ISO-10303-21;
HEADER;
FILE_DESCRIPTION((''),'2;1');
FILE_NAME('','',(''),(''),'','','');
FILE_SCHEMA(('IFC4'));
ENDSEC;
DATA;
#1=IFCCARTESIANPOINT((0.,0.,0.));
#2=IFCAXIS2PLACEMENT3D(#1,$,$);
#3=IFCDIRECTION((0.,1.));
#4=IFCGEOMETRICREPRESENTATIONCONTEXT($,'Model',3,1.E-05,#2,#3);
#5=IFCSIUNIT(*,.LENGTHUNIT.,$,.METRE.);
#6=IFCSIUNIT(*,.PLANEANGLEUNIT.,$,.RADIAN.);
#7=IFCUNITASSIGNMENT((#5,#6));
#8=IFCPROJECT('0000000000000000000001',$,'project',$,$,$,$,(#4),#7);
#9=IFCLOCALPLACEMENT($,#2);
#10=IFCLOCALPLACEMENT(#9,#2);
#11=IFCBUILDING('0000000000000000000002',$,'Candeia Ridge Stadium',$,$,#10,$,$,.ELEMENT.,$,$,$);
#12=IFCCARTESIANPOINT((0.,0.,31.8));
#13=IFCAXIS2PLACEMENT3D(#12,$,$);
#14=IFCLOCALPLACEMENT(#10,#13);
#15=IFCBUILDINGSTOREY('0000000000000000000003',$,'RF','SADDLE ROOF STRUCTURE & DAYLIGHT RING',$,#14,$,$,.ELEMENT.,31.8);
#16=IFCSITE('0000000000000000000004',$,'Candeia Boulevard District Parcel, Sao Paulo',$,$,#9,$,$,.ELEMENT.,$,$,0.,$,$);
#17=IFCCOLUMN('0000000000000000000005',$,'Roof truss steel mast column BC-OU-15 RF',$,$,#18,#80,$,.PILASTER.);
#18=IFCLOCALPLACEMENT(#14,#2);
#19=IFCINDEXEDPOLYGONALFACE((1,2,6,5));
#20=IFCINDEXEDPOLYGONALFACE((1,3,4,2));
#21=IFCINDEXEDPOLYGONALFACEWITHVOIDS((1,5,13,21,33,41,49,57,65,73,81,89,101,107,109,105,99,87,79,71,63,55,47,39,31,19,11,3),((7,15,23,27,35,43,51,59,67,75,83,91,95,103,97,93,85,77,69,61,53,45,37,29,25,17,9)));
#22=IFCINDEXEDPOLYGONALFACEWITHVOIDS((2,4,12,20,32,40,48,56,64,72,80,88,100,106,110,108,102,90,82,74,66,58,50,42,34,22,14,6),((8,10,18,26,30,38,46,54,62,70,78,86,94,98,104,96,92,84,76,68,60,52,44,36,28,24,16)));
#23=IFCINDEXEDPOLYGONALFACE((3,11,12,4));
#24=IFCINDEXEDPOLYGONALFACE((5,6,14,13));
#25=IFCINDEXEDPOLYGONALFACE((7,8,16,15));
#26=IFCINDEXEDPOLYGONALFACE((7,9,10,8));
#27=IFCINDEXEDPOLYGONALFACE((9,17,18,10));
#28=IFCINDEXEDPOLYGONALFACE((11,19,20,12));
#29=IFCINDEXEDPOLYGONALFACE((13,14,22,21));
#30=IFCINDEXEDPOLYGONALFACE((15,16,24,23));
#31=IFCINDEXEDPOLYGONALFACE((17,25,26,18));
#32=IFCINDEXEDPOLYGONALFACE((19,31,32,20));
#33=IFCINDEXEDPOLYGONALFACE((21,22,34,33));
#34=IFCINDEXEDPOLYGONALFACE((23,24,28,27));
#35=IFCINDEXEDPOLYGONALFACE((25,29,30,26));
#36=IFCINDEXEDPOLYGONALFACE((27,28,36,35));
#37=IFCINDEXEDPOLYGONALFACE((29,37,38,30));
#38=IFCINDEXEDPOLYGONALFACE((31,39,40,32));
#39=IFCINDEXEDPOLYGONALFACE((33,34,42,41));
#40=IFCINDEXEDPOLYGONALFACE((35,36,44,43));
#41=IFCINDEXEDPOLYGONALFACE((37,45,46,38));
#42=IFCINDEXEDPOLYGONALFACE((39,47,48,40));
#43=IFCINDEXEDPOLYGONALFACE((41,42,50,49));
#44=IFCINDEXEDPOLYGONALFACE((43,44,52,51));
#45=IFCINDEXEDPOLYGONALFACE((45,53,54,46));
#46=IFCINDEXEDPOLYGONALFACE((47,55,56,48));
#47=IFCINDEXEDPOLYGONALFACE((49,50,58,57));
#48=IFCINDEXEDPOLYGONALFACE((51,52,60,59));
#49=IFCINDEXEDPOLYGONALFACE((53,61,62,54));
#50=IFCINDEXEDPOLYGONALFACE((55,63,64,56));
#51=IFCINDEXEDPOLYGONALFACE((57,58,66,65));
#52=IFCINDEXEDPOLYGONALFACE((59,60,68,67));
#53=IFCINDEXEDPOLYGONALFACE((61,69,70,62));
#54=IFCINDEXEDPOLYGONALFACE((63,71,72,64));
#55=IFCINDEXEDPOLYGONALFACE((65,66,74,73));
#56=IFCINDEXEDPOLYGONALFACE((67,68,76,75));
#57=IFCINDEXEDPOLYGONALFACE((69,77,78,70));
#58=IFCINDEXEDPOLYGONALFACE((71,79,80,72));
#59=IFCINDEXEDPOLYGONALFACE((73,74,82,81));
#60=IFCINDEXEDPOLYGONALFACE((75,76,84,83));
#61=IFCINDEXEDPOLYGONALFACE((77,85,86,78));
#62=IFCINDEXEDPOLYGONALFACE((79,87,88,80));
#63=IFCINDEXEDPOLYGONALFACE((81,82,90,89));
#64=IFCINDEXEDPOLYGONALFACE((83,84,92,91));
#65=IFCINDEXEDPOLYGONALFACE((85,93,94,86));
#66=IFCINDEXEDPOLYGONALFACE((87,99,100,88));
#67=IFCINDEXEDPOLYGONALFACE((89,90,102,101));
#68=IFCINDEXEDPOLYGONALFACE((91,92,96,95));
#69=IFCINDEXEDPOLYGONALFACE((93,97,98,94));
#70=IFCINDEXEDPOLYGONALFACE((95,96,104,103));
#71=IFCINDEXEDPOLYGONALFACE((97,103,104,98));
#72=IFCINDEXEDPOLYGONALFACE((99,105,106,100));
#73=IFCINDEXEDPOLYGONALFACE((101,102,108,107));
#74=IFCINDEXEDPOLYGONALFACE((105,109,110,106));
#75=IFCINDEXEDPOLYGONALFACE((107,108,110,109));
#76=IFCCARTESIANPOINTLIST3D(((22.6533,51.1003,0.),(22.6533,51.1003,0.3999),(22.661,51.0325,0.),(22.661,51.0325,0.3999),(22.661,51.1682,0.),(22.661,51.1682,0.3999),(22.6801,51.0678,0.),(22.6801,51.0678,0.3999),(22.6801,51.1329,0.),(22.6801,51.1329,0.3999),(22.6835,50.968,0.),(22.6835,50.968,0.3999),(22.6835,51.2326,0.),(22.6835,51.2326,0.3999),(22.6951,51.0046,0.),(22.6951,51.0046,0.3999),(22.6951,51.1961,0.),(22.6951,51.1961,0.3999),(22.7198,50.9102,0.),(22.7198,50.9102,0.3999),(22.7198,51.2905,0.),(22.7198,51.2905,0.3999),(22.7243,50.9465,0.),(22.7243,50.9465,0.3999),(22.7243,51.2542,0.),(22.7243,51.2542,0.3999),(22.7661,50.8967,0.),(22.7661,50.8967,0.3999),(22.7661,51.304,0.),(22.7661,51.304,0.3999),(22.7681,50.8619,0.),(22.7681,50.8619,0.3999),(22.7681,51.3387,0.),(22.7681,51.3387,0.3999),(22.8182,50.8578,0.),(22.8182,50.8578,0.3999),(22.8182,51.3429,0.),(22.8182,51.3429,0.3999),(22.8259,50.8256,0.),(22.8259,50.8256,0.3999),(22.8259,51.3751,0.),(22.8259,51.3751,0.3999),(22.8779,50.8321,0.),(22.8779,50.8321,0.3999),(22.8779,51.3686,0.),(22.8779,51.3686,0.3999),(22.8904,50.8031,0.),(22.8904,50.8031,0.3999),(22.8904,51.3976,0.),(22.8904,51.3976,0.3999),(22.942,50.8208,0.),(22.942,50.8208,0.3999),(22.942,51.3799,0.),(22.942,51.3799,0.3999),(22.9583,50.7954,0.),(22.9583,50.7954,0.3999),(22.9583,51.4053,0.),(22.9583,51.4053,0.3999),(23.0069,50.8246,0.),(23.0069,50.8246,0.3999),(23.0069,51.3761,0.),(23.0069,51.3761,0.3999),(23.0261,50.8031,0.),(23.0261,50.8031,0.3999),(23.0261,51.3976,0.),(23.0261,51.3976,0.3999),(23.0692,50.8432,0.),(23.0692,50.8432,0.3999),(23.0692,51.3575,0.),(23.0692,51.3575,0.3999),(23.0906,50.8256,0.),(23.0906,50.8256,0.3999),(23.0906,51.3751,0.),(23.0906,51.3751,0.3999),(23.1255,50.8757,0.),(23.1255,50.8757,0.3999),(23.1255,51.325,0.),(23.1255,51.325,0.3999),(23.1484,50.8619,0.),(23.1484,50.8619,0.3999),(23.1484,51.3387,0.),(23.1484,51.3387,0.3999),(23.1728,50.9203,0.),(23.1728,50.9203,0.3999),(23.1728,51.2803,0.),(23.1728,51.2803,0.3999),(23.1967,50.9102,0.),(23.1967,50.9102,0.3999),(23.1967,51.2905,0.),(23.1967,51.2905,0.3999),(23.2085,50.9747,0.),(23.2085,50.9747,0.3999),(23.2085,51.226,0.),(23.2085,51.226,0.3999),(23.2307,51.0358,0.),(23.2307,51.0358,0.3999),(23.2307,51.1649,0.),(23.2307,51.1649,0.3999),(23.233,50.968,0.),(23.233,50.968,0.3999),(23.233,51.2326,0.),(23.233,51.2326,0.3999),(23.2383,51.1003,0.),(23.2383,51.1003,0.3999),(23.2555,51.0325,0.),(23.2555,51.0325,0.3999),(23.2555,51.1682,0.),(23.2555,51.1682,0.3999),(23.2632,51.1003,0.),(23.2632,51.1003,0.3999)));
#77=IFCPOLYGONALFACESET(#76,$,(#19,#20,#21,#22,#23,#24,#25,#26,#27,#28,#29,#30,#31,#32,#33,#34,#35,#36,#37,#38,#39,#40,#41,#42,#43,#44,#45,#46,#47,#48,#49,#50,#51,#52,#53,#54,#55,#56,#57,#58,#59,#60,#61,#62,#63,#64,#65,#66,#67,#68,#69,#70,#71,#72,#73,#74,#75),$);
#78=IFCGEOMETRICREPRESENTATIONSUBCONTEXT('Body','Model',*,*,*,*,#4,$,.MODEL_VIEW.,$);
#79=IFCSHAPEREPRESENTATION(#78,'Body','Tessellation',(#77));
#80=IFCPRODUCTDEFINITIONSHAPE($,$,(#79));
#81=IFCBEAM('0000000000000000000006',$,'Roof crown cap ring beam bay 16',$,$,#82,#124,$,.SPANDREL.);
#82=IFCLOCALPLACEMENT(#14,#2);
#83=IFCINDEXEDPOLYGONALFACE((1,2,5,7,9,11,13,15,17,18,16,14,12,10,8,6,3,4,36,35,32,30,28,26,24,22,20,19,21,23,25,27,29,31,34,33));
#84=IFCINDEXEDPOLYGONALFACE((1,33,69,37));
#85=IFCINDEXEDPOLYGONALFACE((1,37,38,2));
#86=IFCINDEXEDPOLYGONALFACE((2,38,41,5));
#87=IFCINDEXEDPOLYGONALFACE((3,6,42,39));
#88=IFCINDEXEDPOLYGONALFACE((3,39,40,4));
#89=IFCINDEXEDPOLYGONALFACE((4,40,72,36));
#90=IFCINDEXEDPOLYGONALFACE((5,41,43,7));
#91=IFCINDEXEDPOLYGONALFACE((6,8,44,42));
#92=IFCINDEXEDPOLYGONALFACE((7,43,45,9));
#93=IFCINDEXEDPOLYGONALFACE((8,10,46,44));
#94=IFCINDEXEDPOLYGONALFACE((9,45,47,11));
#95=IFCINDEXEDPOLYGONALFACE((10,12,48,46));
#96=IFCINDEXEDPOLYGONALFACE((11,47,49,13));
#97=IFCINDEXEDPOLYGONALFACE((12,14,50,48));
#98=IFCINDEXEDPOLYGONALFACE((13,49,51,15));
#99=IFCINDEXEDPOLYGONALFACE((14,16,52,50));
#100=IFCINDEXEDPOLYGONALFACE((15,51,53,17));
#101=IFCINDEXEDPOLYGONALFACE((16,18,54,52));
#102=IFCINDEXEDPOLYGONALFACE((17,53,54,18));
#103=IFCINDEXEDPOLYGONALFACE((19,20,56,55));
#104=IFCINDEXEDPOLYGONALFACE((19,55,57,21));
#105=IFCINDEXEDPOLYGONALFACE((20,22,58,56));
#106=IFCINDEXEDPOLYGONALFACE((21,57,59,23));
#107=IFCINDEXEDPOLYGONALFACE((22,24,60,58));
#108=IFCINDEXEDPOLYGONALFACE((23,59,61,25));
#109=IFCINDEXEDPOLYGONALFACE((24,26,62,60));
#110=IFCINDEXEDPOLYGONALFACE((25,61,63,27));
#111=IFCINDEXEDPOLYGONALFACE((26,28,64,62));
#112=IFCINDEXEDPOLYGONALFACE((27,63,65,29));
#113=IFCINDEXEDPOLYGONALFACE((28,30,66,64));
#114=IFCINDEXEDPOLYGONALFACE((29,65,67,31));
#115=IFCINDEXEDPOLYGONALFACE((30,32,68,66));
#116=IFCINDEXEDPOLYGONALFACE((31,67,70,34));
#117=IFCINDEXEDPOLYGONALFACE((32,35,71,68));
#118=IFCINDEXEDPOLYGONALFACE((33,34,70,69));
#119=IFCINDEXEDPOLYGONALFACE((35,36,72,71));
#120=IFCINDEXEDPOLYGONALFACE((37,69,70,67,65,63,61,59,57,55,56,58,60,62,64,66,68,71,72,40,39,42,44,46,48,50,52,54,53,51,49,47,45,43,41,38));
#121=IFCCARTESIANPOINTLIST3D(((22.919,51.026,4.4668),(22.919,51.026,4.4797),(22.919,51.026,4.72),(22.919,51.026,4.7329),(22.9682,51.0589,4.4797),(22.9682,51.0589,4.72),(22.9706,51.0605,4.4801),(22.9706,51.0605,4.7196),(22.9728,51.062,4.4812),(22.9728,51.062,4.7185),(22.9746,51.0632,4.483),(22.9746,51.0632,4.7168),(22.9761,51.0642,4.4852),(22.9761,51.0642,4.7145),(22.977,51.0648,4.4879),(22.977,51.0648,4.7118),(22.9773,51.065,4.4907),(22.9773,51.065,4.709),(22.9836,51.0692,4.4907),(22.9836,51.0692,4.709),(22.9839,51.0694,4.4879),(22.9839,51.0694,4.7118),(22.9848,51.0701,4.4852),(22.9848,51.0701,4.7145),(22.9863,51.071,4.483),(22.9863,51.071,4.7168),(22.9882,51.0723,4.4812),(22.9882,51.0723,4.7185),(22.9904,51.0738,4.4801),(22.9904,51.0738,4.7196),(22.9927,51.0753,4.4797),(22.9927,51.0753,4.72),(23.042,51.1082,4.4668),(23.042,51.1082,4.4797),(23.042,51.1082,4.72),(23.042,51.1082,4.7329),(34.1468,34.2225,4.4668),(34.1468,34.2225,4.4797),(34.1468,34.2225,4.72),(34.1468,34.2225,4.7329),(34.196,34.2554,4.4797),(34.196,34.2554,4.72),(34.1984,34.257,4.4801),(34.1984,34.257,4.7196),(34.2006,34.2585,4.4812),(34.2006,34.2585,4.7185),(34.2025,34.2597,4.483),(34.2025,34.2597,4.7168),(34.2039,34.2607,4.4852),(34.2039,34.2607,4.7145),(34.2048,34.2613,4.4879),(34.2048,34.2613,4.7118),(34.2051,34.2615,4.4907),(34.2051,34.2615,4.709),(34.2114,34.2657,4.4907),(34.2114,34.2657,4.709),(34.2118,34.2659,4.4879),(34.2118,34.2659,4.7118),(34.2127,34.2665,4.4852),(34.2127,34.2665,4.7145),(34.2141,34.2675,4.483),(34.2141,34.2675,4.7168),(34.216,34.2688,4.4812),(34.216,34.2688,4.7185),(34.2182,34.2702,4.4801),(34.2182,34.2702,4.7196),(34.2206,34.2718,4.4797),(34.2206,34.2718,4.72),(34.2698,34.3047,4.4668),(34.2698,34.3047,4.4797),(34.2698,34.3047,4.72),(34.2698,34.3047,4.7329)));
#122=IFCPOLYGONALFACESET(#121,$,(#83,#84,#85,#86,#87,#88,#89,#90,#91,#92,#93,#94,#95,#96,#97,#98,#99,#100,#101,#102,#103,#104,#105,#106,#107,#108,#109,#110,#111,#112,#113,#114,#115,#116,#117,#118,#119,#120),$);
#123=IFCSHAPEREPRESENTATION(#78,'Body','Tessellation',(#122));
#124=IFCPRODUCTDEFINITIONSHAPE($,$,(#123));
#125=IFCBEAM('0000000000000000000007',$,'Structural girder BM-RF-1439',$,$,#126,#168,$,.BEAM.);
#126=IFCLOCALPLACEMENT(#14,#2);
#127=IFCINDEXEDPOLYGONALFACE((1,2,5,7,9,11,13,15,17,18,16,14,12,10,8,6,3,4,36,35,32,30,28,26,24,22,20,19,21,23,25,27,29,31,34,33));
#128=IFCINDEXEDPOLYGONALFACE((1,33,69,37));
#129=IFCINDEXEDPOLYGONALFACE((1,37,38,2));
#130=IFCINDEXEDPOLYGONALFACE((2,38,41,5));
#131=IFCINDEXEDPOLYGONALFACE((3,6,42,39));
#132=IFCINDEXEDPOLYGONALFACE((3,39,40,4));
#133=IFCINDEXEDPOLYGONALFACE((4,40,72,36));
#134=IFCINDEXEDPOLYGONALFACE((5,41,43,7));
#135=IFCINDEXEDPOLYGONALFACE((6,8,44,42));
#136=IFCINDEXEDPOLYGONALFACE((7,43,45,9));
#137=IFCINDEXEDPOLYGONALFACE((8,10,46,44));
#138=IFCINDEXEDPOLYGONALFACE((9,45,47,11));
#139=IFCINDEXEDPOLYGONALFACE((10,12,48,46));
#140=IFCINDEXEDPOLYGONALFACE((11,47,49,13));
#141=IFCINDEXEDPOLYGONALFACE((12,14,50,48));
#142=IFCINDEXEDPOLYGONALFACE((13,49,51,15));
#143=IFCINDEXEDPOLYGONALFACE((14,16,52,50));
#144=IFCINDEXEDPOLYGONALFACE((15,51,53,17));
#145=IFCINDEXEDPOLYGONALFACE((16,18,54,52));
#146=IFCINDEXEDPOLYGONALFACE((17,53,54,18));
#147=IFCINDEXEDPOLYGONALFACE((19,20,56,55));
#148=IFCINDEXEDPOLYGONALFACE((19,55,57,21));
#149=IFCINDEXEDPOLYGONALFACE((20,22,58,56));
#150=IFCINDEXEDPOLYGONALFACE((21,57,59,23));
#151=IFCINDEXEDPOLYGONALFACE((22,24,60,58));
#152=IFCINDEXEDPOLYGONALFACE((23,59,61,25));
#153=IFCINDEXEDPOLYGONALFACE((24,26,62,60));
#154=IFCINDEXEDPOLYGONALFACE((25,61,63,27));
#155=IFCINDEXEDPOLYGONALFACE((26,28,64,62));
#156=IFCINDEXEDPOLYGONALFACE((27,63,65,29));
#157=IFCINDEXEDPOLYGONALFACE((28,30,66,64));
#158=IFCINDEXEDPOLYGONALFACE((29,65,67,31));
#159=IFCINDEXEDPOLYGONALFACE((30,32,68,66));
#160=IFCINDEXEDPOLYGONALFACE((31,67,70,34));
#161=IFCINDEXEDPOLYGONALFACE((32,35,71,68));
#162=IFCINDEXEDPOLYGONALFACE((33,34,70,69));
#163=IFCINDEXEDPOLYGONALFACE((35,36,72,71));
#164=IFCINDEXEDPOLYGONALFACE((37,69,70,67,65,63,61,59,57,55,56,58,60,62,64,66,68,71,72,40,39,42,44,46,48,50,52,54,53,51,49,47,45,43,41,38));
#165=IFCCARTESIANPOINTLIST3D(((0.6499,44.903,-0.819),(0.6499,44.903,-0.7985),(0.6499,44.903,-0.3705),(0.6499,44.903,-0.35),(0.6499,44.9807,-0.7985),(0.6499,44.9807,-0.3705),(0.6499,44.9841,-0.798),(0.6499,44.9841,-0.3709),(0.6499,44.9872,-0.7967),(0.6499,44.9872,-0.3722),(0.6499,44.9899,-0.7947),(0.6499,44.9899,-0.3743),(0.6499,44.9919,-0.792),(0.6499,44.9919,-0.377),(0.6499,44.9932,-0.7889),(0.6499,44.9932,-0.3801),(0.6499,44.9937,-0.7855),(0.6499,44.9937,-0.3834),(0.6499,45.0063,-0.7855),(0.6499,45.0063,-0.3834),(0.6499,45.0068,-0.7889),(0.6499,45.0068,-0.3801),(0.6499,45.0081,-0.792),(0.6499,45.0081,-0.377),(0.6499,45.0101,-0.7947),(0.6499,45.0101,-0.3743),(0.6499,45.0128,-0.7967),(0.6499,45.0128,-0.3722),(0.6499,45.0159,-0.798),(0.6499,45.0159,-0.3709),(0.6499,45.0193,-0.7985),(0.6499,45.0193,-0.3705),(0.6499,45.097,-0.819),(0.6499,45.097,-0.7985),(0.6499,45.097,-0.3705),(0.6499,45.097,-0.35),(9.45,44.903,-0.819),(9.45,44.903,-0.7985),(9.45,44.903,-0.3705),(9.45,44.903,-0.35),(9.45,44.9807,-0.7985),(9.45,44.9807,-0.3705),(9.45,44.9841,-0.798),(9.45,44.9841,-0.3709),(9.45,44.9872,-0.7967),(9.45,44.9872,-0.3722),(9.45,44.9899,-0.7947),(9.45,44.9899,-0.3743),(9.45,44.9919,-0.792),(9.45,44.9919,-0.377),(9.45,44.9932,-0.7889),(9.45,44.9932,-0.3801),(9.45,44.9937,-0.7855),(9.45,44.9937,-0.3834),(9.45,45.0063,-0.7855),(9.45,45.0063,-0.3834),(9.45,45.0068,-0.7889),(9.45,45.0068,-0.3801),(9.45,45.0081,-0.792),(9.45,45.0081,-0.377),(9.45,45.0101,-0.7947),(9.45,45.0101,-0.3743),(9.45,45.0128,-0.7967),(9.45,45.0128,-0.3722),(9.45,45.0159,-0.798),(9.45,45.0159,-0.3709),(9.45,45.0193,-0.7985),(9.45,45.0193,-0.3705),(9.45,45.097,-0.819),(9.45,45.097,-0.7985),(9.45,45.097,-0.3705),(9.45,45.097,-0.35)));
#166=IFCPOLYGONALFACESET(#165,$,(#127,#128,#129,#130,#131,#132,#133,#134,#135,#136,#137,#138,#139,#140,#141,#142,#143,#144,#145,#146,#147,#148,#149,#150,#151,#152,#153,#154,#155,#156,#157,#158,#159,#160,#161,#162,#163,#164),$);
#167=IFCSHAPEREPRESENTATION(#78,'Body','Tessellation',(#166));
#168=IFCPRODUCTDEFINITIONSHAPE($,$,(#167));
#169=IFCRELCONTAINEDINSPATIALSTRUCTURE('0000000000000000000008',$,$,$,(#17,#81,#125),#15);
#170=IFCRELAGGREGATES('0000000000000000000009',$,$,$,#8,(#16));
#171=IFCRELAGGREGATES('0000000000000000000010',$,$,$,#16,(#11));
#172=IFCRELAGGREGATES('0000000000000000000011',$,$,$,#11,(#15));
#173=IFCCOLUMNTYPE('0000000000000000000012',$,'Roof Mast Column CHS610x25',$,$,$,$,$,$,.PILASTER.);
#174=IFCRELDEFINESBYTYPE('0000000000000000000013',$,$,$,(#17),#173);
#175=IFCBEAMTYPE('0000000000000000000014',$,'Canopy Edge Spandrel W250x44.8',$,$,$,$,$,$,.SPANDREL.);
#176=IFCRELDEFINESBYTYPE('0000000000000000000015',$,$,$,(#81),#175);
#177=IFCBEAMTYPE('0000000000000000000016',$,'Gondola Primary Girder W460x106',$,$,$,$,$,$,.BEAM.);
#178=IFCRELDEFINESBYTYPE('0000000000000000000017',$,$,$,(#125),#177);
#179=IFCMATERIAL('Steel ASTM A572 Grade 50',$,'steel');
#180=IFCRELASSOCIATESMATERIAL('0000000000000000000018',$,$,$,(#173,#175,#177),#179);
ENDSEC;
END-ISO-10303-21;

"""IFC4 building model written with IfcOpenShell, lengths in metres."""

from ifc_helpers import new_model, si_unit, direction, frame, origin, origin_2d, place, context, subcontext, project, spatial, hollow_circle, i_section, extrude, material, material_profile, profile_set, type_object, element, save


model = new_model("IFC4")

# Units and contexts
model_context = context("Model", 3, precision=1e-05, world=origin(), true_north=direction((0.0, 1.0)))
body_context = subcontext(model_context, "Body", "Model", "MODEL_VIEW")
ifc_project = project(units=[si_unit("LENGTHUNIT", "METRE"), si_unit("PLANEANGLEUNIT", "RADIAN")], contexts=[model_context])

# Site, building, storey
site_placement = place(None, origin())
site = spatial("IfcSite", under=ifc_project, at=site_placement, Name="Candeia Boulevard District Parcel, Sao Paulo", CompositionType="ELEMENT", RefElevation=0.0)
building_placement = place(site_placement, origin())
building = spatial("IfcBuilding", under=site, at=building_placement, Name="Candeia Ridge Stadium", CompositionType="ELEMENT")
storey_placement = place(building_placement, frame((0.0, 0.0, 31.8)))
storey = spatial("IfcBuildingStorey", under=building, at=storey_placement, Name="RF", Description="SADDLE ROOF STRUCTURE & DAYLIGHT RING", CompositionType="ELEMENT", Elevation=31.8)

# Column
ifc_material_1 = material(Name="Steel ASTM A572 Grade 50", Category="steel")
ifc_material_profile_1 = material_profile(ifc_material_1, hollow_circle(Radius=0.3049, WallThickness=0.0249, at=origin_2d()), Name="CHS610x25", Category="steel")
ifc_profile_set_1 = profile_set([ifc_material_profile_1], Name="Steel ASTM A572 Grade 50")
column_type = type_object("IfcColumnType", Name="Roof Mast Column CHS610x25", PredefinedType="PILASTER", material=ifc_profile_set_1)
column_placement = place(storey_placement, frame((22.9583, 51.1003, 0.0), z_axis=(0.0, 0.0, 1.0), x_axis=(1.0, 0.0, 0.0)))
element("IfcColumn", 1, at=column_placement, inside=storey, type_object=column_type, Name="Roof truss steel mast column BC-OU-15 RF", PredefinedType="PILASTER", context=body_context, shape_type="SweptSolid", body=[
    extrude(hollow_circle(Radius=0.3049, WallThickness=0.0249, at=origin_2d()), origin(), (0.0, 0.0, 1.0), 0.3999),
])

# Beams
ifc_material_profile_2 = material_profile(ifc_material_1, i_section(OverallWidth=0.1479, OverallDepth=0.2661, WebThickness=0.0076, FlangeThickness=0.0129, FilletRadius=0.011, at=origin_2d()), Name="W250x44.8", Category="steel")
ifc_profile_set_2 = profile_set([ifc_material_profile_2], Name="Steel ASTM A572 Grade 50")
beam_type_1 = type_object("IfcBeamType", Name="Canopy Edge Spandrel W250x44.8", PredefinedType="SPANDREL", material=ifc_profile_set_2)
beam_1_placement = place(storey_placement, frame((22.9805, 51.0671, 4.5999), z_axis=(0.555572, -0.831468, 0.0), x_axis=(0.831468, 0.555572, 0.0)))
element("IfcBeam", 2, at=beam_1_placement, inside=storey, type_object=beam_type_1, Name="Roof crown cap ring beam bay 16", PredefinedType="SPANDREL", context=body_context, shape_type="SweptSolid", body=[
    extrude(i_section(OverallWidth=0.1479, OverallDepth=0.2661, WebThickness=0.0076, FlangeThickness=0.0129, FilletRadius=0.011, at=origin_2d()), origin(), (0.0, 0.0, 1.0), 20.2095),
])
ifc_material_profile_3 = material_profile(ifc_material_1, i_section(OverallWidth=0.1941, OverallDepth=0.469, WebThickness=0.0127, FlangeThickness=0.0205, FilletRadius=0.0129, at=origin_2d()), Name="W460x106", Category="steel")
ifc_profile_set_3 = profile_set([ifc_material_profile_3], Name="Steel ASTM A572 Grade 50")
beam_type_2 = type_object("IfcBeamType", Name="Gondola Primary Girder W460x106", PredefinedType="BEAM", material=ifc_profile_set_3)
for number, where, z_axis, x_axis, name in (
    (3, (0.6499, 45.0, -0.5845), (1.0, 0.0, 0.0), (0.0, 1.0, 0.0), "Structural girder BM-RF-1439"),
):
    element("IfcBeam", number, at=place(storey_placement, frame(where, z_axis=z_axis, x_axis=x_axis)), inside=storey, type_object=beam_type_2, Name=name, PredefinedType="BEAM", context=body_context, shape_type="SweptSolid", body=[
        extrude(i_section(OverallWidth=0.1941, OverallDepth=0.469, WebThickness=0.0127, FlangeThickness=0.0205, FilletRadius=0.0129, at=origin_2d()), origin(), (0.0, 0.0, 1.0), 8.8),
    ])

save(model, "model.ifc")
